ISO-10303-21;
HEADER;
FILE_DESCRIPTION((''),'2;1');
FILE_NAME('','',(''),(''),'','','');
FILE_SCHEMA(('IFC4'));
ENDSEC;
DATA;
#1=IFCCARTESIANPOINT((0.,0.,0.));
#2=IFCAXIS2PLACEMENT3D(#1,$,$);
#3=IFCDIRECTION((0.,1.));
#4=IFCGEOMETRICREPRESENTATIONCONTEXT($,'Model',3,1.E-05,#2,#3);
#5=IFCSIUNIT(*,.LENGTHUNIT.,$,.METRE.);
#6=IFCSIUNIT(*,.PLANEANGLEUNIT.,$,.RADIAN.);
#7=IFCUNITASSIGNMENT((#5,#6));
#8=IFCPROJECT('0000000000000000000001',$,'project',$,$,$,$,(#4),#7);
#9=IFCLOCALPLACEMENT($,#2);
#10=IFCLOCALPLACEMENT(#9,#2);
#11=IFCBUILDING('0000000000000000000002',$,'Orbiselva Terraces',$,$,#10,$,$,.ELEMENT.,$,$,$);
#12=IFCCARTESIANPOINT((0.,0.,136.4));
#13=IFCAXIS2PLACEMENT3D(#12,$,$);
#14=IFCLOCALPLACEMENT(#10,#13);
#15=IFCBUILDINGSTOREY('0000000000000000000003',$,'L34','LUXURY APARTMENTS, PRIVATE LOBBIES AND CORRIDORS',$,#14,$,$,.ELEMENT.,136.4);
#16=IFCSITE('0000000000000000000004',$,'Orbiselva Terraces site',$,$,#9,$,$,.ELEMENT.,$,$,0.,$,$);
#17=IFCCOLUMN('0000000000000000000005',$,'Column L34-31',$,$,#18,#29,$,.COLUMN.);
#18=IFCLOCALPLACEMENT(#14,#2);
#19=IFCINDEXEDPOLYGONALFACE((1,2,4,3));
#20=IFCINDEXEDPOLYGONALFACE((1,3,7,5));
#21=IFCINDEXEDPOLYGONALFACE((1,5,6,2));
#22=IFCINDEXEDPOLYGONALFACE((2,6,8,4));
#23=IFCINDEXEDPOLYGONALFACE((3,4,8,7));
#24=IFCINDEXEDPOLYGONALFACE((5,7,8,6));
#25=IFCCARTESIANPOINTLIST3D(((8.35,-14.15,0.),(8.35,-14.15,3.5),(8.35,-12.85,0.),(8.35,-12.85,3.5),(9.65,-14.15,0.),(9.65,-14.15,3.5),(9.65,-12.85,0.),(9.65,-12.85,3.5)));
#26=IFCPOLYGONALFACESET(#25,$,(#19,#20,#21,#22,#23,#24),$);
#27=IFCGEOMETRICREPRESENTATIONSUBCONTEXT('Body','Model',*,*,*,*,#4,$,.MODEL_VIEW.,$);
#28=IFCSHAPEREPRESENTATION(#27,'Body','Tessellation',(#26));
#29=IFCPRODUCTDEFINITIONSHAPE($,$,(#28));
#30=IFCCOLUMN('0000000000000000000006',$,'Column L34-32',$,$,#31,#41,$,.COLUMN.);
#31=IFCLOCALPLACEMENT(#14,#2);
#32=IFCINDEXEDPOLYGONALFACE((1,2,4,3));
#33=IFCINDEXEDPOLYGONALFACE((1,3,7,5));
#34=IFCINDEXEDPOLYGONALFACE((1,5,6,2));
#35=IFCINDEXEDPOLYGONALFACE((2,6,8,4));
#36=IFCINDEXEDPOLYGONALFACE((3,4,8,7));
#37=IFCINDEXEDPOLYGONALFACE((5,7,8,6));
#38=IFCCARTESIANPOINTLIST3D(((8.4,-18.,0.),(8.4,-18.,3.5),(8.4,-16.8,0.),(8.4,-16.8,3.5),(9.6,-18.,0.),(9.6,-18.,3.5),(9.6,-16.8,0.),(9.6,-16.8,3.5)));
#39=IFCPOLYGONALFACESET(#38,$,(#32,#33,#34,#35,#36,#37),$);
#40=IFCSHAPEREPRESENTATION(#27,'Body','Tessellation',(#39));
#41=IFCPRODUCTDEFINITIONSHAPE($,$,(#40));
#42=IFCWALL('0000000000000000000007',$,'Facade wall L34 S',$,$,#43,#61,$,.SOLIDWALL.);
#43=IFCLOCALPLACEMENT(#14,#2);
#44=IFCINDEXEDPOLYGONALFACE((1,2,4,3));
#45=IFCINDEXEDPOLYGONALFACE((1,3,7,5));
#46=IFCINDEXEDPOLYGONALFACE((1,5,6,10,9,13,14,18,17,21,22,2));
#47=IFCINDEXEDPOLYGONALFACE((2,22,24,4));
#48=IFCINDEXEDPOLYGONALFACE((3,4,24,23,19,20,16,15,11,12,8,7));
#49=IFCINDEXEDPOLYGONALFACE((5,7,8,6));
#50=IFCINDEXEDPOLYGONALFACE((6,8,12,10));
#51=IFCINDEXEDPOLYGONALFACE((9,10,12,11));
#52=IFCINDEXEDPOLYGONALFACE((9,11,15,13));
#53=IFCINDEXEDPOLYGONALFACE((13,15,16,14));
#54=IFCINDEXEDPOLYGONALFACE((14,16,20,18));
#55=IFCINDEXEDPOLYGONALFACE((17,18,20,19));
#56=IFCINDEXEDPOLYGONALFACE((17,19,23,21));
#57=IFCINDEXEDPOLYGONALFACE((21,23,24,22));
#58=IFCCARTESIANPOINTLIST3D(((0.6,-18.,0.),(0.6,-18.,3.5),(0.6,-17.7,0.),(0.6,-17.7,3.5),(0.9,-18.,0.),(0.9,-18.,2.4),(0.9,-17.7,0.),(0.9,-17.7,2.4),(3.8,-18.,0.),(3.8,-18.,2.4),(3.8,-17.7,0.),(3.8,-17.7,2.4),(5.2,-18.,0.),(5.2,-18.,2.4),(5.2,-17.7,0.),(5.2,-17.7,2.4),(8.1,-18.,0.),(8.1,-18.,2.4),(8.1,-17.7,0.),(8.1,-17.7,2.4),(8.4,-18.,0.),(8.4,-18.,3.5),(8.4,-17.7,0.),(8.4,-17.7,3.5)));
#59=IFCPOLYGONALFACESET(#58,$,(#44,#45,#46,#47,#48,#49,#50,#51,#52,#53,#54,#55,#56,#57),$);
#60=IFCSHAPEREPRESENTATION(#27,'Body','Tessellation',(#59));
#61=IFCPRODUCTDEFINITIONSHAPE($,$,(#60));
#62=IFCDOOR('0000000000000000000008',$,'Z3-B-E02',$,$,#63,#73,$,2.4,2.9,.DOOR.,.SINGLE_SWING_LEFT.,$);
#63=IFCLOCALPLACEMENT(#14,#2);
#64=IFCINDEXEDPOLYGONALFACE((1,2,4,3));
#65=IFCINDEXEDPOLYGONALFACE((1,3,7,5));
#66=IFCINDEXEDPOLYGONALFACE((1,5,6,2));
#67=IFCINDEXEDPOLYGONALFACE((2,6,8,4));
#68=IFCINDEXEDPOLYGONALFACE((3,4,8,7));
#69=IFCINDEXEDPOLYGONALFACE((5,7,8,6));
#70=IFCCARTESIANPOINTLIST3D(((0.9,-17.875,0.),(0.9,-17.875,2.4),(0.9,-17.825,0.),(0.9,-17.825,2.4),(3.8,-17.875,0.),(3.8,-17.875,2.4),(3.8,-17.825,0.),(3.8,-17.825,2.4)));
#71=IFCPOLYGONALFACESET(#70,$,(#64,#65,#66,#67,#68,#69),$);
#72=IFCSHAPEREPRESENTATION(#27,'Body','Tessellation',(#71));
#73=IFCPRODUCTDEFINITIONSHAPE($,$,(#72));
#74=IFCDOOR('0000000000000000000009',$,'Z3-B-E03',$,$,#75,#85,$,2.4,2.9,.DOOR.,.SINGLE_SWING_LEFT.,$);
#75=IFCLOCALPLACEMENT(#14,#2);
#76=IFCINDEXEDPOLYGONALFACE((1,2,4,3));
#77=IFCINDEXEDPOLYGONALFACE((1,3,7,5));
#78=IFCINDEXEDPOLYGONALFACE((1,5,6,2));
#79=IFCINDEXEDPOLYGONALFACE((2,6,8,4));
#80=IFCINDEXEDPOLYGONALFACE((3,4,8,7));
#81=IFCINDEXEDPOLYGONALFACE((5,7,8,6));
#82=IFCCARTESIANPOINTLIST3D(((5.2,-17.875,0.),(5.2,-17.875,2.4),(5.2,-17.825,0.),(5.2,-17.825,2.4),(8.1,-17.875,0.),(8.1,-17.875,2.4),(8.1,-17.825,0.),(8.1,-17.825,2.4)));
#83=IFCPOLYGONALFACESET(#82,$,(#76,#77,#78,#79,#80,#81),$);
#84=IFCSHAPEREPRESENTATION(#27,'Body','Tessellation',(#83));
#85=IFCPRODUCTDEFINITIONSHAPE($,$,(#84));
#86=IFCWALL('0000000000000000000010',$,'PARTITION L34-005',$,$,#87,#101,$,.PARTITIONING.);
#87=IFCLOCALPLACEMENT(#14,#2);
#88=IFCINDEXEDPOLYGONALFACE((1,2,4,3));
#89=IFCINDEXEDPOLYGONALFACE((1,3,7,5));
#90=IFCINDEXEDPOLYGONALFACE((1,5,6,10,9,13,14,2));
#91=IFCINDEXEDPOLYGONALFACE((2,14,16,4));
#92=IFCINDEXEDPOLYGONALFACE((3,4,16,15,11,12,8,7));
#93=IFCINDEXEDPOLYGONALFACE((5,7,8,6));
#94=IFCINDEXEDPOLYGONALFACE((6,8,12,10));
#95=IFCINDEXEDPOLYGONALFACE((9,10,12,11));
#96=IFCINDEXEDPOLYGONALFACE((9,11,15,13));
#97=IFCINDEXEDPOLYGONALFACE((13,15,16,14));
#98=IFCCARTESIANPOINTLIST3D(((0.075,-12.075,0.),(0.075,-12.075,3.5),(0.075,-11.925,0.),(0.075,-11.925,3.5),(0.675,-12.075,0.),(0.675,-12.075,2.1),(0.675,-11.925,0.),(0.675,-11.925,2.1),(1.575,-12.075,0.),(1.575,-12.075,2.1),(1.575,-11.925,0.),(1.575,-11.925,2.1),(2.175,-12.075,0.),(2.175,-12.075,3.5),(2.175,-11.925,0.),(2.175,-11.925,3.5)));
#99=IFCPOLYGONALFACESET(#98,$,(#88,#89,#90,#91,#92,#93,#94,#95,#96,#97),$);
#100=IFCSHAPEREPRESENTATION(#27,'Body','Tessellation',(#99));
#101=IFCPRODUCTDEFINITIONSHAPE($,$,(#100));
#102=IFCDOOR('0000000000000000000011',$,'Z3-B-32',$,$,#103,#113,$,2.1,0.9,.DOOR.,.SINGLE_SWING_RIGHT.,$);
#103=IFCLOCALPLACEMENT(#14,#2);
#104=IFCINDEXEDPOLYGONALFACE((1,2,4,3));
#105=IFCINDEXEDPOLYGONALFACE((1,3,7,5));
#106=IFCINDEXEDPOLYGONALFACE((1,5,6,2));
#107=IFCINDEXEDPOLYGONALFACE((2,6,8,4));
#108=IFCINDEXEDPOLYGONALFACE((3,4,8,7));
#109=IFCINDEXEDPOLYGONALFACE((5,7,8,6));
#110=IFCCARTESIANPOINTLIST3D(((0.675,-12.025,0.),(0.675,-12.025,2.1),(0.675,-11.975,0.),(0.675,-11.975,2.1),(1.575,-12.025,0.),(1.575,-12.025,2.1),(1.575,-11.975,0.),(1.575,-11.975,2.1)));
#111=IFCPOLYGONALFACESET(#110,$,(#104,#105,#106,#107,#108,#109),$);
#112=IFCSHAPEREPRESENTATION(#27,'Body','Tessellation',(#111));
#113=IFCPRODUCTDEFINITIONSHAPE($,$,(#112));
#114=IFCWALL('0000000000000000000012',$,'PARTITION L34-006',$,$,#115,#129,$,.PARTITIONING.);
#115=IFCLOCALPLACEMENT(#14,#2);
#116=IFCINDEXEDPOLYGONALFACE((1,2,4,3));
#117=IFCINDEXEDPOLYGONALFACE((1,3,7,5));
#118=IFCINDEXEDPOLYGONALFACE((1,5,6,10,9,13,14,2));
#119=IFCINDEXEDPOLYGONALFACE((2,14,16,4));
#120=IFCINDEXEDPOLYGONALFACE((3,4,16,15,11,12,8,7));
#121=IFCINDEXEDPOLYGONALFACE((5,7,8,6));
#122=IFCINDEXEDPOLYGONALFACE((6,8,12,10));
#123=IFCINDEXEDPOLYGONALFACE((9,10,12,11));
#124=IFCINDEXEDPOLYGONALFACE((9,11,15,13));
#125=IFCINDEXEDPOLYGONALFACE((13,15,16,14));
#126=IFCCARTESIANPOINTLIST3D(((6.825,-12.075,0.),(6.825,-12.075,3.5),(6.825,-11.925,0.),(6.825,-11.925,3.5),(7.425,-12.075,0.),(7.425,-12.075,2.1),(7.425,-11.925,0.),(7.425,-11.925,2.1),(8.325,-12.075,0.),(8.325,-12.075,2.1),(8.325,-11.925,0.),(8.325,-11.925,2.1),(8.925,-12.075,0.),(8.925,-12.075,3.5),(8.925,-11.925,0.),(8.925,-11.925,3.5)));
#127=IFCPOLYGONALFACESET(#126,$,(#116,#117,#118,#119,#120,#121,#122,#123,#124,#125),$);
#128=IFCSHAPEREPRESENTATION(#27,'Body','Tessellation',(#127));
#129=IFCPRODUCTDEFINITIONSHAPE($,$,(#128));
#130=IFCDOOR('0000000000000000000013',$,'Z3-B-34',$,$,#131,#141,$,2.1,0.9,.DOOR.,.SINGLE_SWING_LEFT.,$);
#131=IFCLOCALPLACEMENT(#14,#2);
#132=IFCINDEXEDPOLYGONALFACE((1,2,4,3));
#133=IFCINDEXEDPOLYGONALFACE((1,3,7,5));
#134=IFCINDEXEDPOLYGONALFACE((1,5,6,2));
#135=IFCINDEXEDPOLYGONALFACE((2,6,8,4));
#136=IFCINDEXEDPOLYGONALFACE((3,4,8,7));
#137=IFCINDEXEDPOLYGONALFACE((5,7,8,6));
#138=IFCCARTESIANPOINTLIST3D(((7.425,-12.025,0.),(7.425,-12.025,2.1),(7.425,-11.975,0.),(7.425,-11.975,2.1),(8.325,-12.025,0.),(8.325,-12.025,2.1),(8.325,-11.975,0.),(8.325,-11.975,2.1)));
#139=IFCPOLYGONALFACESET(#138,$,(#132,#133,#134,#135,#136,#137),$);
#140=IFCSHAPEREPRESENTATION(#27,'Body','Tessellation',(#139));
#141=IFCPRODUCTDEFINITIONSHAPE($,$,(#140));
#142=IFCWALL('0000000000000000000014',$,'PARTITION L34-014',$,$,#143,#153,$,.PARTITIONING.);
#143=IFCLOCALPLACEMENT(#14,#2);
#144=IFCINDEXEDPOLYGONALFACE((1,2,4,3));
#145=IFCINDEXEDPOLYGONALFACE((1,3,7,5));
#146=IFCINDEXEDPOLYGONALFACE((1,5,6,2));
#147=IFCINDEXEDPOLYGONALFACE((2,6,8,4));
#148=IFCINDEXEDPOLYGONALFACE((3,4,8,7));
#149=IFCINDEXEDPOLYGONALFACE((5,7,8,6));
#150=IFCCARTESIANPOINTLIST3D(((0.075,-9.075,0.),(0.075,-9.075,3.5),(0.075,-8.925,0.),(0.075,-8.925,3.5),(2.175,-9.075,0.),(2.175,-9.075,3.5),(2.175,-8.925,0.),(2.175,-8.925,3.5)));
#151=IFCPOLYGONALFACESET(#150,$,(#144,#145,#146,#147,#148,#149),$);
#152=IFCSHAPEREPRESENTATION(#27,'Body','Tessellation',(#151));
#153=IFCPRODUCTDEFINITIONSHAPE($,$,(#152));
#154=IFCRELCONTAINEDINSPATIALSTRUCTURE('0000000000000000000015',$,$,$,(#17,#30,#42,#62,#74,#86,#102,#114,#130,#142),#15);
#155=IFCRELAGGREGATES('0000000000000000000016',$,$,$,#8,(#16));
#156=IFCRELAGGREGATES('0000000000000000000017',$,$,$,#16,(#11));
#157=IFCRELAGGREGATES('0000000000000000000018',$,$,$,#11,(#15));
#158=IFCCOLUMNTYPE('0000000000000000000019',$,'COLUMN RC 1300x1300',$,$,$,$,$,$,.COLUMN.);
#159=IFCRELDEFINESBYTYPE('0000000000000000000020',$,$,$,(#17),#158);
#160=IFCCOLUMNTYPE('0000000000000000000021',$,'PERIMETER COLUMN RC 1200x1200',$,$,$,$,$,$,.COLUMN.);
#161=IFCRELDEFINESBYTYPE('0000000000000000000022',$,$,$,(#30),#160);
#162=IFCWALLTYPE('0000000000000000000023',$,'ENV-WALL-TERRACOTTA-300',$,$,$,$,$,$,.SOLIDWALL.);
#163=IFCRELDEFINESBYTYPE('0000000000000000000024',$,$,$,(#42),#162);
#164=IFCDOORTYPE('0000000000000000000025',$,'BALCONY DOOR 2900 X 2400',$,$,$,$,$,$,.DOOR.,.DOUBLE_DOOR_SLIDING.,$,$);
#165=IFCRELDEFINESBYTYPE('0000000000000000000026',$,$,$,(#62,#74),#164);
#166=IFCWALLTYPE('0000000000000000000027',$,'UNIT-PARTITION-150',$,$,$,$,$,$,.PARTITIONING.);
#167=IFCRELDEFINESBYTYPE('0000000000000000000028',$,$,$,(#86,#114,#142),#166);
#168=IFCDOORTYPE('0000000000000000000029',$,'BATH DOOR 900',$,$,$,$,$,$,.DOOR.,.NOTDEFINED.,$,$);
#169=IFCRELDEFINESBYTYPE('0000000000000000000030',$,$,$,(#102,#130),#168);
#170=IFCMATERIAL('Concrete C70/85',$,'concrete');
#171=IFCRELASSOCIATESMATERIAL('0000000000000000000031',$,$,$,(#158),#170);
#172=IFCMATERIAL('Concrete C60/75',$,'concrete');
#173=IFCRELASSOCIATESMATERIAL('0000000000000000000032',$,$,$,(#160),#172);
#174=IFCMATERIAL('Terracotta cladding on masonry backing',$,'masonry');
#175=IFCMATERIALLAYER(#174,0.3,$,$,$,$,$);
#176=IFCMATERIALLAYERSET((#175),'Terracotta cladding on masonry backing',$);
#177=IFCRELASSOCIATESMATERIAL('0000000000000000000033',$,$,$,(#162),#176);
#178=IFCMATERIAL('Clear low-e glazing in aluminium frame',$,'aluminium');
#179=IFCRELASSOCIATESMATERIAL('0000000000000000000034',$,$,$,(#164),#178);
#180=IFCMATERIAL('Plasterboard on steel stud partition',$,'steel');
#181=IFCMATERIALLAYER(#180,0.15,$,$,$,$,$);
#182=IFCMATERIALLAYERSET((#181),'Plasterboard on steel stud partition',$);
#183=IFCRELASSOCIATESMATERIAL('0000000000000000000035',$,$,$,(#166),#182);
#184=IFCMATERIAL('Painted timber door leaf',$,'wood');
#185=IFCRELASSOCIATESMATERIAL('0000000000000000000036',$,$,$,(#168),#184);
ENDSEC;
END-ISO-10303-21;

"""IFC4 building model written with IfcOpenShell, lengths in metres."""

from ifc_helpers import new_model, si_unit, direction, frame, frame_2d, origin, origin_2d, place, context, subcontext, project, spatial, rectangle, extrude, material, layer, layer_set, material_profile, profile_set, type_object, element, fill, save


model = new_model("IFC4")

# Units and contexts
model_context = context("Model", 3, precision=1e-05, world=origin(), true_north=direction((0.0, 1.0)))
body_context = subcontext(model_context, "Body", "Model", "MODEL_VIEW")
ifc_project = project(units=[si_unit("LENGTHUNIT", "METRE"), si_unit("PLANEANGLEUNIT", "RADIAN")], contexts=[model_context])

# Site, building, storey
site_placement = place(None, origin())
site = spatial("IfcSite", under=ifc_project, at=site_placement, Name="Orbiselva Terraces site", CompositionType="ELEMENT", RefElevation=0.0)
building_placement = place(site_placement, origin())
building = spatial("IfcBuilding", under=site, at=building_placement, Name="Orbiselva Terraces", CompositionType="ELEMENT")
storey_placement = place(building_placement, frame((0.0, 0.0, 136.4)))
storey = spatial("IfcBuildingStorey", under=building, at=storey_placement, Name="L34", Description="LUXURY APARTMENTS, PRIVATE LOBBIES AND CORRIDORS", CompositionType="ELEMENT", Elevation=136.4)

# Columns
ifc_material_1 = material(Name="Concrete C70/85", Category="concrete")
ifc_material_profile_1 = material_profile(ifc_material_1, rectangle(XDim=1.3, YDim=1.3, at=origin_2d()), Name="RC 1300x1300")
ifc_profile_set_1 = profile_set([ifc_material_profile_1], Name="Concrete C70/85")
column_type_1 = type_object("IfcColumnType", Name="COLUMN RC 1300x1300", PredefinedType="COLUMN", material=ifc_profile_set_1)
column_1_placement = place(storey_placement, frame((9.0, -13.5, 0.0), z_axis=(0.0, 0.0, 1.0), x_axis=(1.0, 0.0, 0.0)))
element("IfcColumn", 1, at=column_1_placement, inside=storey, type_object=column_type_1, Name="Column L34-31", PredefinedType="COLUMN", context=body_context, shape_type="SweptSolid", body=[
    extrude(rectangle(XDim=1.3, YDim=1.3, at=origin_2d()), origin(), (0.0, 0.0, 1.0), 3.5),
])
ifc_material_2 = material(Name="Concrete C60/75", Category="concrete")
ifc_material_profile_2 = material_profile(ifc_material_2, rectangle(XDim=1.2, YDim=1.2, at=origin_2d()), Name="RC 1200x1200")
ifc_profile_set_2 = profile_set([ifc_material_profile_2], Name="Concrete C60/75")
column_type_2 = type_object("IfcColumnType", Name="PERIMETER COLUMN RC 1200x1200", PredefinedType="COLUMN", material=ifc_profile_set_2)
column_2_placement = place(storey_placement, frame((9.0, -17.4, 0.0), z_axis=(0.0, 0.0, 1.0), x_axis=(1.0, 0.0, 0.0)))
element("IfcColumn", 2, at=column_2_placement, inside=storey, type_object=column_type_2, Name="Column L34-32", PredefinedType="COLUMN", context=body_context, shape_type="SweptSolid", body=[
    extrude(rectangle(XDim=1.2, YDim=1.2, at=origin_2d()), origin(), (0.0, 0.0, 1.0), 3.5),
])

# Wall, openings, doors
ifc_material_3 = material(Name="Terracotta cladding on masonry backing", Category="masonry")
ifc_layer_1 = layer(ifc_material_3, 0.3)
ifc_layer_set_1 = layer_set([ifc_layer_1], Name="Terracotta cladding on masonry backing")
wall_type_1 = type_object("IfcWallType", Name="ENV-WALL-TERRACOTTA-300", PredefinedType="SOLIDWALL", material=ifc_layer_set_1)
wall_1_placement = place(storey_placement, frame((8.4, -17.85, 0.0), z_axis=(0.0, 0.0, 1.0), x_axis=(-1.0, 0.0, 0.0)))
wall_1 = element("IfcWall", 3, at=wall_1_placement, inside=storey, type_object=wall_type_1, Name="Facade wall L34 S", PredefinedType="SOLIDWALL", context=body_context, shape_type="SweptSolid", body=[
    extrude(rectangle(XDim=7.8, YDim=0.3, at=frame_2d((3.9, 0.0))), origin(), (0.0, 0.0, 1.0), 3.5),
])
opening_1_placement = place(wall_1_placement, frame((4.6, 0.0, 0.0)))
opening_1 = element("IfcOpeningElement", 4, at=opening_1_placement, cuts=wall_1, PredefinedType="OPENING", context=body_context, shape_type="SweptSolid", body=[
    extrude(rectangle(XDim=2.9, YDim=2.4, at=frame_2d((1.45, 1.2))), frame((0.0, 0.16, 0.0), z_axis=(0.0, -1.0, 0.0), x_axis=(1.0, 0.0, 0.0)), (0.0, 0.0, 1.0), 0.32),
])
opening_2_placement = place(wall_1_placement, frame((0.3, 0.0, 0.0)))
opening_2 = element("IfcOpeningElement", 5, at=opening_2_placement, cuts=wall_1, PredefinedType="OPENING", context=body_context, shape_type="SweptSolid", body=[
    extrude(rectangle(XDim=2.9, YDim=2.4, at=frame_2d((1.45, 1.2))), frame((0.0, 0.16, 0.0), z_axis=(0.0, -1.0, 0.0), x_axis=(1.0, 0.0, 0.0)), (0.0, 0.0, 1.0), 0.32),
])
ifc_material_4 = material(Name="Clear low-e glazing in aluminium frame", Category="aluminium")
door_type_1 = type_object("IfcDoorType", Name="BALCONY DOOR 2900 X 2400", OperationType="DOUBLE_DOOR_SLIDING", PredefinedType="DOOR", material=ifc_material_4)
door_1_placement = place(opening_1_placement, origin())
door_1 = element("IfcDoor", 6, at=door_1_placement, inside=storey, type_object=door_type_1, Name="Z3-B-E02", OperationType="SINGLE_SWING_LEFT", OverallHeight=2.4, OverallWidth=2.9, PredefinedType="DOOR", context=body_context, shape_type="SweptSolid", body=[
    extrude(rectangle(XDim=2.9, YDim=2.4, at=frame_2d((1.45, 1.2))), frame((0.0, 0.025, 0.0), z_axis=(0.0, -1.0, 0.0), x_axis=(1.0, 0.0, 0.0)), (0.0, 0.0, 1.0), 0.05),
])
fill(opening_1, door_1)
door_2_placement = place(opening_2_placement, origin())
door_2 = element("IfcDoor", 7, at=door_2_placement, inside=storey, type_object=door_type_1, Name="Z3-B-E03", OperationType="SINGLE_SWING_LEFT", OverallHeight=2.4, OverallWidth=2.9, PredefinedType="DOOR", context=body_context, shape_type="SweptSolid", body=[
    extrude(rectangle(XDim=2.9, YDim=2.4, at=frame_2d((1.45, 1.2))), frame((0.0, 0.025, 0.0), z_axis=(0.0, -1.0, 0.0), x_axis=(1.0, 0.0, 0.0)), (0.0, 0.0, 1.0), 0.05),
])
fill(opening_2, door_2)

# Walls, openings, doors
ifc_material_5 = material(Name="Plasterboard on steel stud partition", Category="steel")
ifc_layer_2 = layer(ifc_material_5, 0.15)
ifc_layer_set_2 = layer_set([ifc_layer_2], Name="Plasterboard on steel stud partition")
wall_type_2 = type_object("IfcWallType", Name="UNIT-PARTITION-150", PredefinedType="PARTITIONING", material=ifc_layer_set_2)
wall_2_placement = place(storey_placement, frame((0.075, -12.0, 0.0), z_axis=(0.0, 0.0, 1.0), x_axis=(1.0, 0.0, 0.0)))
wall_2 = element("IfcWall", 8, at=wall_2_placement, inside=storey, type_object=wall_type_2, Name="PARTITION L34-005", PredefinedType="PARTITIONING", context=body_context, shape_type="SweptSolid", body=[
    extrude(rectangle(XDim=2.1, YDim=0.15, at=frame_2d((1.05, 0.0))), origin(), (0.0, 0.0, 1.0), 3.5),
])
opening_3_placement = place(wall_2_placement, frame((0.6, 0.0, 0.0)))
opening_3 = element("IfcOpeningElement", 9, at=opening_3_placement, cuts=wall_2, PredefinedType="OPENING", context=body_context, shape_type="SweptSolid", body=[
    extrude(rectangle(XDim=0.9, YDim=2.1, at=frame_2d((0.45, 1.05))), frame((0.0, 0.085, 0.0), z_axis=(0.0, -1.0, 0.0), x_axis=(1.0, 0.0, 0.0)), (0.0, 0.0, 1.0), 0.17),
])
ifc_material_6 = material(Name="Painted timber door leaf", Category="wood")
door_type_2 = type_object("IfcDoorType", Name="BATH DOOR 900", OperationType="NOTDEFINED", PredefinedType="DOOR", material=ifc_material_6)
door_3_placement = place(opening_3_placement, origin())
door_3 = element("IfcDoor", 10, at=door_3_placement, inside=storey, type_object=door_type_2, Name="Z3-B-32", OperationType="SINGLE_SWING_RIGHT", OverallHeight=2.1, OverallWidth=0.9, PredefinedType="DOOR", context=body_context, shape_type="SweptSolid", body=[
    extrude(rectangle(XDim=0.9, YDim=2.1, at=frame_2d((0.45, 1.05))), frame((0.0, 0.025, 0.0), z_axis=(0.0, -1.0, 0.0), x_axis=(1.0, 0.0, 0.0)), (0.0, 0.0, 1.0), 0.05),
])
fill(opening_3, door_3)
wall_3_placement = place(storey_placement, frame((6.825, -12.0, 0.0), z_axis=(0.0, 0.0, 1.0), x_axis=(1.0, 0.0, 0.0)))
wall_3 = element("IfcWall", 11, at=wall_3_placement, inside=storey, type_object=wall_type_2, Name="PARTITION L34-006", PredefinedType="PARTITIONING", context=body_context, shape_type="SweptSolid", body=[
    extrude(rectangle(XDim=2.1, YDim=0.15, at=frame_2d((1.05, 0.0))), origin(), (0.0, 0.0, 1.0), 3.5),
])
opening_4_placement = place(wall_3_placement, frame((0.6, 0.0, 0.0)))
opening_4 = element("IfcOpeningElement", 12, at=opening_4_placement, cuts=wall_3, PredefinedType="OPENING", context=body_context, shape_type="SweptSolid", body=[
    extrude(rectangle(XDim=0.9, YDim=2.1, at=frame_2d((0.45, 1.05))), frame((0.0, 0.085, 0.0), z_axis=(0.0, -1.0, 0.0), x_axis=(1.0, 0.0, 0.0)), (0.0, 0.0, 1.0), 0.17),
])
door_4_placement = place(opening_4_placement, origin())
door_4 = element("IfcDoor", 13, at=door_4_placement, inside=storey, type_object=door_type_2, Name="Z3-B-34", OperationType="SINGLE_SWING_LEFT", OverallHeight=2.1, OverallWidth=0.9, PredefinedType="DOOR", context=body_context, shape_type="SweptSolid", body=[
    extrude(rectangle(XDim=0.9, YDim=2.1, at=frame_2d((0.45, 1.05))), frame((0.0, 0.025, 0.0), z_axis=(0.0, -1.0, 0.0), x_axis=(1.0, 0.0, 0.0)), (0.0, 0.0, 1.0), 0.05),
])
fill(opening_4, door_4)

# Wall
wall_4_placement = place(storey_placement, frame((0.075, -9.0, 0.0), z_axis=(0.0, 0.0, 1.0), x_axis=(1.0, 0.0, 0.0)))
element("IfcWall", 14, at=wall_4_placement, inside=storey, type_object=wall_type_2, Name="PARTITION L34-014", PredefinedType="PARTITIONING", context=body_context, shape_type="SweptSolid", body=[
    extrude(rectangle(XDim=2.1, YDim=0.15, at=frame_2d((1.05, 0.0))), origin(), (0.0, 0.0, 1.0), 3.5),
])

save(model, "model.ifc")
